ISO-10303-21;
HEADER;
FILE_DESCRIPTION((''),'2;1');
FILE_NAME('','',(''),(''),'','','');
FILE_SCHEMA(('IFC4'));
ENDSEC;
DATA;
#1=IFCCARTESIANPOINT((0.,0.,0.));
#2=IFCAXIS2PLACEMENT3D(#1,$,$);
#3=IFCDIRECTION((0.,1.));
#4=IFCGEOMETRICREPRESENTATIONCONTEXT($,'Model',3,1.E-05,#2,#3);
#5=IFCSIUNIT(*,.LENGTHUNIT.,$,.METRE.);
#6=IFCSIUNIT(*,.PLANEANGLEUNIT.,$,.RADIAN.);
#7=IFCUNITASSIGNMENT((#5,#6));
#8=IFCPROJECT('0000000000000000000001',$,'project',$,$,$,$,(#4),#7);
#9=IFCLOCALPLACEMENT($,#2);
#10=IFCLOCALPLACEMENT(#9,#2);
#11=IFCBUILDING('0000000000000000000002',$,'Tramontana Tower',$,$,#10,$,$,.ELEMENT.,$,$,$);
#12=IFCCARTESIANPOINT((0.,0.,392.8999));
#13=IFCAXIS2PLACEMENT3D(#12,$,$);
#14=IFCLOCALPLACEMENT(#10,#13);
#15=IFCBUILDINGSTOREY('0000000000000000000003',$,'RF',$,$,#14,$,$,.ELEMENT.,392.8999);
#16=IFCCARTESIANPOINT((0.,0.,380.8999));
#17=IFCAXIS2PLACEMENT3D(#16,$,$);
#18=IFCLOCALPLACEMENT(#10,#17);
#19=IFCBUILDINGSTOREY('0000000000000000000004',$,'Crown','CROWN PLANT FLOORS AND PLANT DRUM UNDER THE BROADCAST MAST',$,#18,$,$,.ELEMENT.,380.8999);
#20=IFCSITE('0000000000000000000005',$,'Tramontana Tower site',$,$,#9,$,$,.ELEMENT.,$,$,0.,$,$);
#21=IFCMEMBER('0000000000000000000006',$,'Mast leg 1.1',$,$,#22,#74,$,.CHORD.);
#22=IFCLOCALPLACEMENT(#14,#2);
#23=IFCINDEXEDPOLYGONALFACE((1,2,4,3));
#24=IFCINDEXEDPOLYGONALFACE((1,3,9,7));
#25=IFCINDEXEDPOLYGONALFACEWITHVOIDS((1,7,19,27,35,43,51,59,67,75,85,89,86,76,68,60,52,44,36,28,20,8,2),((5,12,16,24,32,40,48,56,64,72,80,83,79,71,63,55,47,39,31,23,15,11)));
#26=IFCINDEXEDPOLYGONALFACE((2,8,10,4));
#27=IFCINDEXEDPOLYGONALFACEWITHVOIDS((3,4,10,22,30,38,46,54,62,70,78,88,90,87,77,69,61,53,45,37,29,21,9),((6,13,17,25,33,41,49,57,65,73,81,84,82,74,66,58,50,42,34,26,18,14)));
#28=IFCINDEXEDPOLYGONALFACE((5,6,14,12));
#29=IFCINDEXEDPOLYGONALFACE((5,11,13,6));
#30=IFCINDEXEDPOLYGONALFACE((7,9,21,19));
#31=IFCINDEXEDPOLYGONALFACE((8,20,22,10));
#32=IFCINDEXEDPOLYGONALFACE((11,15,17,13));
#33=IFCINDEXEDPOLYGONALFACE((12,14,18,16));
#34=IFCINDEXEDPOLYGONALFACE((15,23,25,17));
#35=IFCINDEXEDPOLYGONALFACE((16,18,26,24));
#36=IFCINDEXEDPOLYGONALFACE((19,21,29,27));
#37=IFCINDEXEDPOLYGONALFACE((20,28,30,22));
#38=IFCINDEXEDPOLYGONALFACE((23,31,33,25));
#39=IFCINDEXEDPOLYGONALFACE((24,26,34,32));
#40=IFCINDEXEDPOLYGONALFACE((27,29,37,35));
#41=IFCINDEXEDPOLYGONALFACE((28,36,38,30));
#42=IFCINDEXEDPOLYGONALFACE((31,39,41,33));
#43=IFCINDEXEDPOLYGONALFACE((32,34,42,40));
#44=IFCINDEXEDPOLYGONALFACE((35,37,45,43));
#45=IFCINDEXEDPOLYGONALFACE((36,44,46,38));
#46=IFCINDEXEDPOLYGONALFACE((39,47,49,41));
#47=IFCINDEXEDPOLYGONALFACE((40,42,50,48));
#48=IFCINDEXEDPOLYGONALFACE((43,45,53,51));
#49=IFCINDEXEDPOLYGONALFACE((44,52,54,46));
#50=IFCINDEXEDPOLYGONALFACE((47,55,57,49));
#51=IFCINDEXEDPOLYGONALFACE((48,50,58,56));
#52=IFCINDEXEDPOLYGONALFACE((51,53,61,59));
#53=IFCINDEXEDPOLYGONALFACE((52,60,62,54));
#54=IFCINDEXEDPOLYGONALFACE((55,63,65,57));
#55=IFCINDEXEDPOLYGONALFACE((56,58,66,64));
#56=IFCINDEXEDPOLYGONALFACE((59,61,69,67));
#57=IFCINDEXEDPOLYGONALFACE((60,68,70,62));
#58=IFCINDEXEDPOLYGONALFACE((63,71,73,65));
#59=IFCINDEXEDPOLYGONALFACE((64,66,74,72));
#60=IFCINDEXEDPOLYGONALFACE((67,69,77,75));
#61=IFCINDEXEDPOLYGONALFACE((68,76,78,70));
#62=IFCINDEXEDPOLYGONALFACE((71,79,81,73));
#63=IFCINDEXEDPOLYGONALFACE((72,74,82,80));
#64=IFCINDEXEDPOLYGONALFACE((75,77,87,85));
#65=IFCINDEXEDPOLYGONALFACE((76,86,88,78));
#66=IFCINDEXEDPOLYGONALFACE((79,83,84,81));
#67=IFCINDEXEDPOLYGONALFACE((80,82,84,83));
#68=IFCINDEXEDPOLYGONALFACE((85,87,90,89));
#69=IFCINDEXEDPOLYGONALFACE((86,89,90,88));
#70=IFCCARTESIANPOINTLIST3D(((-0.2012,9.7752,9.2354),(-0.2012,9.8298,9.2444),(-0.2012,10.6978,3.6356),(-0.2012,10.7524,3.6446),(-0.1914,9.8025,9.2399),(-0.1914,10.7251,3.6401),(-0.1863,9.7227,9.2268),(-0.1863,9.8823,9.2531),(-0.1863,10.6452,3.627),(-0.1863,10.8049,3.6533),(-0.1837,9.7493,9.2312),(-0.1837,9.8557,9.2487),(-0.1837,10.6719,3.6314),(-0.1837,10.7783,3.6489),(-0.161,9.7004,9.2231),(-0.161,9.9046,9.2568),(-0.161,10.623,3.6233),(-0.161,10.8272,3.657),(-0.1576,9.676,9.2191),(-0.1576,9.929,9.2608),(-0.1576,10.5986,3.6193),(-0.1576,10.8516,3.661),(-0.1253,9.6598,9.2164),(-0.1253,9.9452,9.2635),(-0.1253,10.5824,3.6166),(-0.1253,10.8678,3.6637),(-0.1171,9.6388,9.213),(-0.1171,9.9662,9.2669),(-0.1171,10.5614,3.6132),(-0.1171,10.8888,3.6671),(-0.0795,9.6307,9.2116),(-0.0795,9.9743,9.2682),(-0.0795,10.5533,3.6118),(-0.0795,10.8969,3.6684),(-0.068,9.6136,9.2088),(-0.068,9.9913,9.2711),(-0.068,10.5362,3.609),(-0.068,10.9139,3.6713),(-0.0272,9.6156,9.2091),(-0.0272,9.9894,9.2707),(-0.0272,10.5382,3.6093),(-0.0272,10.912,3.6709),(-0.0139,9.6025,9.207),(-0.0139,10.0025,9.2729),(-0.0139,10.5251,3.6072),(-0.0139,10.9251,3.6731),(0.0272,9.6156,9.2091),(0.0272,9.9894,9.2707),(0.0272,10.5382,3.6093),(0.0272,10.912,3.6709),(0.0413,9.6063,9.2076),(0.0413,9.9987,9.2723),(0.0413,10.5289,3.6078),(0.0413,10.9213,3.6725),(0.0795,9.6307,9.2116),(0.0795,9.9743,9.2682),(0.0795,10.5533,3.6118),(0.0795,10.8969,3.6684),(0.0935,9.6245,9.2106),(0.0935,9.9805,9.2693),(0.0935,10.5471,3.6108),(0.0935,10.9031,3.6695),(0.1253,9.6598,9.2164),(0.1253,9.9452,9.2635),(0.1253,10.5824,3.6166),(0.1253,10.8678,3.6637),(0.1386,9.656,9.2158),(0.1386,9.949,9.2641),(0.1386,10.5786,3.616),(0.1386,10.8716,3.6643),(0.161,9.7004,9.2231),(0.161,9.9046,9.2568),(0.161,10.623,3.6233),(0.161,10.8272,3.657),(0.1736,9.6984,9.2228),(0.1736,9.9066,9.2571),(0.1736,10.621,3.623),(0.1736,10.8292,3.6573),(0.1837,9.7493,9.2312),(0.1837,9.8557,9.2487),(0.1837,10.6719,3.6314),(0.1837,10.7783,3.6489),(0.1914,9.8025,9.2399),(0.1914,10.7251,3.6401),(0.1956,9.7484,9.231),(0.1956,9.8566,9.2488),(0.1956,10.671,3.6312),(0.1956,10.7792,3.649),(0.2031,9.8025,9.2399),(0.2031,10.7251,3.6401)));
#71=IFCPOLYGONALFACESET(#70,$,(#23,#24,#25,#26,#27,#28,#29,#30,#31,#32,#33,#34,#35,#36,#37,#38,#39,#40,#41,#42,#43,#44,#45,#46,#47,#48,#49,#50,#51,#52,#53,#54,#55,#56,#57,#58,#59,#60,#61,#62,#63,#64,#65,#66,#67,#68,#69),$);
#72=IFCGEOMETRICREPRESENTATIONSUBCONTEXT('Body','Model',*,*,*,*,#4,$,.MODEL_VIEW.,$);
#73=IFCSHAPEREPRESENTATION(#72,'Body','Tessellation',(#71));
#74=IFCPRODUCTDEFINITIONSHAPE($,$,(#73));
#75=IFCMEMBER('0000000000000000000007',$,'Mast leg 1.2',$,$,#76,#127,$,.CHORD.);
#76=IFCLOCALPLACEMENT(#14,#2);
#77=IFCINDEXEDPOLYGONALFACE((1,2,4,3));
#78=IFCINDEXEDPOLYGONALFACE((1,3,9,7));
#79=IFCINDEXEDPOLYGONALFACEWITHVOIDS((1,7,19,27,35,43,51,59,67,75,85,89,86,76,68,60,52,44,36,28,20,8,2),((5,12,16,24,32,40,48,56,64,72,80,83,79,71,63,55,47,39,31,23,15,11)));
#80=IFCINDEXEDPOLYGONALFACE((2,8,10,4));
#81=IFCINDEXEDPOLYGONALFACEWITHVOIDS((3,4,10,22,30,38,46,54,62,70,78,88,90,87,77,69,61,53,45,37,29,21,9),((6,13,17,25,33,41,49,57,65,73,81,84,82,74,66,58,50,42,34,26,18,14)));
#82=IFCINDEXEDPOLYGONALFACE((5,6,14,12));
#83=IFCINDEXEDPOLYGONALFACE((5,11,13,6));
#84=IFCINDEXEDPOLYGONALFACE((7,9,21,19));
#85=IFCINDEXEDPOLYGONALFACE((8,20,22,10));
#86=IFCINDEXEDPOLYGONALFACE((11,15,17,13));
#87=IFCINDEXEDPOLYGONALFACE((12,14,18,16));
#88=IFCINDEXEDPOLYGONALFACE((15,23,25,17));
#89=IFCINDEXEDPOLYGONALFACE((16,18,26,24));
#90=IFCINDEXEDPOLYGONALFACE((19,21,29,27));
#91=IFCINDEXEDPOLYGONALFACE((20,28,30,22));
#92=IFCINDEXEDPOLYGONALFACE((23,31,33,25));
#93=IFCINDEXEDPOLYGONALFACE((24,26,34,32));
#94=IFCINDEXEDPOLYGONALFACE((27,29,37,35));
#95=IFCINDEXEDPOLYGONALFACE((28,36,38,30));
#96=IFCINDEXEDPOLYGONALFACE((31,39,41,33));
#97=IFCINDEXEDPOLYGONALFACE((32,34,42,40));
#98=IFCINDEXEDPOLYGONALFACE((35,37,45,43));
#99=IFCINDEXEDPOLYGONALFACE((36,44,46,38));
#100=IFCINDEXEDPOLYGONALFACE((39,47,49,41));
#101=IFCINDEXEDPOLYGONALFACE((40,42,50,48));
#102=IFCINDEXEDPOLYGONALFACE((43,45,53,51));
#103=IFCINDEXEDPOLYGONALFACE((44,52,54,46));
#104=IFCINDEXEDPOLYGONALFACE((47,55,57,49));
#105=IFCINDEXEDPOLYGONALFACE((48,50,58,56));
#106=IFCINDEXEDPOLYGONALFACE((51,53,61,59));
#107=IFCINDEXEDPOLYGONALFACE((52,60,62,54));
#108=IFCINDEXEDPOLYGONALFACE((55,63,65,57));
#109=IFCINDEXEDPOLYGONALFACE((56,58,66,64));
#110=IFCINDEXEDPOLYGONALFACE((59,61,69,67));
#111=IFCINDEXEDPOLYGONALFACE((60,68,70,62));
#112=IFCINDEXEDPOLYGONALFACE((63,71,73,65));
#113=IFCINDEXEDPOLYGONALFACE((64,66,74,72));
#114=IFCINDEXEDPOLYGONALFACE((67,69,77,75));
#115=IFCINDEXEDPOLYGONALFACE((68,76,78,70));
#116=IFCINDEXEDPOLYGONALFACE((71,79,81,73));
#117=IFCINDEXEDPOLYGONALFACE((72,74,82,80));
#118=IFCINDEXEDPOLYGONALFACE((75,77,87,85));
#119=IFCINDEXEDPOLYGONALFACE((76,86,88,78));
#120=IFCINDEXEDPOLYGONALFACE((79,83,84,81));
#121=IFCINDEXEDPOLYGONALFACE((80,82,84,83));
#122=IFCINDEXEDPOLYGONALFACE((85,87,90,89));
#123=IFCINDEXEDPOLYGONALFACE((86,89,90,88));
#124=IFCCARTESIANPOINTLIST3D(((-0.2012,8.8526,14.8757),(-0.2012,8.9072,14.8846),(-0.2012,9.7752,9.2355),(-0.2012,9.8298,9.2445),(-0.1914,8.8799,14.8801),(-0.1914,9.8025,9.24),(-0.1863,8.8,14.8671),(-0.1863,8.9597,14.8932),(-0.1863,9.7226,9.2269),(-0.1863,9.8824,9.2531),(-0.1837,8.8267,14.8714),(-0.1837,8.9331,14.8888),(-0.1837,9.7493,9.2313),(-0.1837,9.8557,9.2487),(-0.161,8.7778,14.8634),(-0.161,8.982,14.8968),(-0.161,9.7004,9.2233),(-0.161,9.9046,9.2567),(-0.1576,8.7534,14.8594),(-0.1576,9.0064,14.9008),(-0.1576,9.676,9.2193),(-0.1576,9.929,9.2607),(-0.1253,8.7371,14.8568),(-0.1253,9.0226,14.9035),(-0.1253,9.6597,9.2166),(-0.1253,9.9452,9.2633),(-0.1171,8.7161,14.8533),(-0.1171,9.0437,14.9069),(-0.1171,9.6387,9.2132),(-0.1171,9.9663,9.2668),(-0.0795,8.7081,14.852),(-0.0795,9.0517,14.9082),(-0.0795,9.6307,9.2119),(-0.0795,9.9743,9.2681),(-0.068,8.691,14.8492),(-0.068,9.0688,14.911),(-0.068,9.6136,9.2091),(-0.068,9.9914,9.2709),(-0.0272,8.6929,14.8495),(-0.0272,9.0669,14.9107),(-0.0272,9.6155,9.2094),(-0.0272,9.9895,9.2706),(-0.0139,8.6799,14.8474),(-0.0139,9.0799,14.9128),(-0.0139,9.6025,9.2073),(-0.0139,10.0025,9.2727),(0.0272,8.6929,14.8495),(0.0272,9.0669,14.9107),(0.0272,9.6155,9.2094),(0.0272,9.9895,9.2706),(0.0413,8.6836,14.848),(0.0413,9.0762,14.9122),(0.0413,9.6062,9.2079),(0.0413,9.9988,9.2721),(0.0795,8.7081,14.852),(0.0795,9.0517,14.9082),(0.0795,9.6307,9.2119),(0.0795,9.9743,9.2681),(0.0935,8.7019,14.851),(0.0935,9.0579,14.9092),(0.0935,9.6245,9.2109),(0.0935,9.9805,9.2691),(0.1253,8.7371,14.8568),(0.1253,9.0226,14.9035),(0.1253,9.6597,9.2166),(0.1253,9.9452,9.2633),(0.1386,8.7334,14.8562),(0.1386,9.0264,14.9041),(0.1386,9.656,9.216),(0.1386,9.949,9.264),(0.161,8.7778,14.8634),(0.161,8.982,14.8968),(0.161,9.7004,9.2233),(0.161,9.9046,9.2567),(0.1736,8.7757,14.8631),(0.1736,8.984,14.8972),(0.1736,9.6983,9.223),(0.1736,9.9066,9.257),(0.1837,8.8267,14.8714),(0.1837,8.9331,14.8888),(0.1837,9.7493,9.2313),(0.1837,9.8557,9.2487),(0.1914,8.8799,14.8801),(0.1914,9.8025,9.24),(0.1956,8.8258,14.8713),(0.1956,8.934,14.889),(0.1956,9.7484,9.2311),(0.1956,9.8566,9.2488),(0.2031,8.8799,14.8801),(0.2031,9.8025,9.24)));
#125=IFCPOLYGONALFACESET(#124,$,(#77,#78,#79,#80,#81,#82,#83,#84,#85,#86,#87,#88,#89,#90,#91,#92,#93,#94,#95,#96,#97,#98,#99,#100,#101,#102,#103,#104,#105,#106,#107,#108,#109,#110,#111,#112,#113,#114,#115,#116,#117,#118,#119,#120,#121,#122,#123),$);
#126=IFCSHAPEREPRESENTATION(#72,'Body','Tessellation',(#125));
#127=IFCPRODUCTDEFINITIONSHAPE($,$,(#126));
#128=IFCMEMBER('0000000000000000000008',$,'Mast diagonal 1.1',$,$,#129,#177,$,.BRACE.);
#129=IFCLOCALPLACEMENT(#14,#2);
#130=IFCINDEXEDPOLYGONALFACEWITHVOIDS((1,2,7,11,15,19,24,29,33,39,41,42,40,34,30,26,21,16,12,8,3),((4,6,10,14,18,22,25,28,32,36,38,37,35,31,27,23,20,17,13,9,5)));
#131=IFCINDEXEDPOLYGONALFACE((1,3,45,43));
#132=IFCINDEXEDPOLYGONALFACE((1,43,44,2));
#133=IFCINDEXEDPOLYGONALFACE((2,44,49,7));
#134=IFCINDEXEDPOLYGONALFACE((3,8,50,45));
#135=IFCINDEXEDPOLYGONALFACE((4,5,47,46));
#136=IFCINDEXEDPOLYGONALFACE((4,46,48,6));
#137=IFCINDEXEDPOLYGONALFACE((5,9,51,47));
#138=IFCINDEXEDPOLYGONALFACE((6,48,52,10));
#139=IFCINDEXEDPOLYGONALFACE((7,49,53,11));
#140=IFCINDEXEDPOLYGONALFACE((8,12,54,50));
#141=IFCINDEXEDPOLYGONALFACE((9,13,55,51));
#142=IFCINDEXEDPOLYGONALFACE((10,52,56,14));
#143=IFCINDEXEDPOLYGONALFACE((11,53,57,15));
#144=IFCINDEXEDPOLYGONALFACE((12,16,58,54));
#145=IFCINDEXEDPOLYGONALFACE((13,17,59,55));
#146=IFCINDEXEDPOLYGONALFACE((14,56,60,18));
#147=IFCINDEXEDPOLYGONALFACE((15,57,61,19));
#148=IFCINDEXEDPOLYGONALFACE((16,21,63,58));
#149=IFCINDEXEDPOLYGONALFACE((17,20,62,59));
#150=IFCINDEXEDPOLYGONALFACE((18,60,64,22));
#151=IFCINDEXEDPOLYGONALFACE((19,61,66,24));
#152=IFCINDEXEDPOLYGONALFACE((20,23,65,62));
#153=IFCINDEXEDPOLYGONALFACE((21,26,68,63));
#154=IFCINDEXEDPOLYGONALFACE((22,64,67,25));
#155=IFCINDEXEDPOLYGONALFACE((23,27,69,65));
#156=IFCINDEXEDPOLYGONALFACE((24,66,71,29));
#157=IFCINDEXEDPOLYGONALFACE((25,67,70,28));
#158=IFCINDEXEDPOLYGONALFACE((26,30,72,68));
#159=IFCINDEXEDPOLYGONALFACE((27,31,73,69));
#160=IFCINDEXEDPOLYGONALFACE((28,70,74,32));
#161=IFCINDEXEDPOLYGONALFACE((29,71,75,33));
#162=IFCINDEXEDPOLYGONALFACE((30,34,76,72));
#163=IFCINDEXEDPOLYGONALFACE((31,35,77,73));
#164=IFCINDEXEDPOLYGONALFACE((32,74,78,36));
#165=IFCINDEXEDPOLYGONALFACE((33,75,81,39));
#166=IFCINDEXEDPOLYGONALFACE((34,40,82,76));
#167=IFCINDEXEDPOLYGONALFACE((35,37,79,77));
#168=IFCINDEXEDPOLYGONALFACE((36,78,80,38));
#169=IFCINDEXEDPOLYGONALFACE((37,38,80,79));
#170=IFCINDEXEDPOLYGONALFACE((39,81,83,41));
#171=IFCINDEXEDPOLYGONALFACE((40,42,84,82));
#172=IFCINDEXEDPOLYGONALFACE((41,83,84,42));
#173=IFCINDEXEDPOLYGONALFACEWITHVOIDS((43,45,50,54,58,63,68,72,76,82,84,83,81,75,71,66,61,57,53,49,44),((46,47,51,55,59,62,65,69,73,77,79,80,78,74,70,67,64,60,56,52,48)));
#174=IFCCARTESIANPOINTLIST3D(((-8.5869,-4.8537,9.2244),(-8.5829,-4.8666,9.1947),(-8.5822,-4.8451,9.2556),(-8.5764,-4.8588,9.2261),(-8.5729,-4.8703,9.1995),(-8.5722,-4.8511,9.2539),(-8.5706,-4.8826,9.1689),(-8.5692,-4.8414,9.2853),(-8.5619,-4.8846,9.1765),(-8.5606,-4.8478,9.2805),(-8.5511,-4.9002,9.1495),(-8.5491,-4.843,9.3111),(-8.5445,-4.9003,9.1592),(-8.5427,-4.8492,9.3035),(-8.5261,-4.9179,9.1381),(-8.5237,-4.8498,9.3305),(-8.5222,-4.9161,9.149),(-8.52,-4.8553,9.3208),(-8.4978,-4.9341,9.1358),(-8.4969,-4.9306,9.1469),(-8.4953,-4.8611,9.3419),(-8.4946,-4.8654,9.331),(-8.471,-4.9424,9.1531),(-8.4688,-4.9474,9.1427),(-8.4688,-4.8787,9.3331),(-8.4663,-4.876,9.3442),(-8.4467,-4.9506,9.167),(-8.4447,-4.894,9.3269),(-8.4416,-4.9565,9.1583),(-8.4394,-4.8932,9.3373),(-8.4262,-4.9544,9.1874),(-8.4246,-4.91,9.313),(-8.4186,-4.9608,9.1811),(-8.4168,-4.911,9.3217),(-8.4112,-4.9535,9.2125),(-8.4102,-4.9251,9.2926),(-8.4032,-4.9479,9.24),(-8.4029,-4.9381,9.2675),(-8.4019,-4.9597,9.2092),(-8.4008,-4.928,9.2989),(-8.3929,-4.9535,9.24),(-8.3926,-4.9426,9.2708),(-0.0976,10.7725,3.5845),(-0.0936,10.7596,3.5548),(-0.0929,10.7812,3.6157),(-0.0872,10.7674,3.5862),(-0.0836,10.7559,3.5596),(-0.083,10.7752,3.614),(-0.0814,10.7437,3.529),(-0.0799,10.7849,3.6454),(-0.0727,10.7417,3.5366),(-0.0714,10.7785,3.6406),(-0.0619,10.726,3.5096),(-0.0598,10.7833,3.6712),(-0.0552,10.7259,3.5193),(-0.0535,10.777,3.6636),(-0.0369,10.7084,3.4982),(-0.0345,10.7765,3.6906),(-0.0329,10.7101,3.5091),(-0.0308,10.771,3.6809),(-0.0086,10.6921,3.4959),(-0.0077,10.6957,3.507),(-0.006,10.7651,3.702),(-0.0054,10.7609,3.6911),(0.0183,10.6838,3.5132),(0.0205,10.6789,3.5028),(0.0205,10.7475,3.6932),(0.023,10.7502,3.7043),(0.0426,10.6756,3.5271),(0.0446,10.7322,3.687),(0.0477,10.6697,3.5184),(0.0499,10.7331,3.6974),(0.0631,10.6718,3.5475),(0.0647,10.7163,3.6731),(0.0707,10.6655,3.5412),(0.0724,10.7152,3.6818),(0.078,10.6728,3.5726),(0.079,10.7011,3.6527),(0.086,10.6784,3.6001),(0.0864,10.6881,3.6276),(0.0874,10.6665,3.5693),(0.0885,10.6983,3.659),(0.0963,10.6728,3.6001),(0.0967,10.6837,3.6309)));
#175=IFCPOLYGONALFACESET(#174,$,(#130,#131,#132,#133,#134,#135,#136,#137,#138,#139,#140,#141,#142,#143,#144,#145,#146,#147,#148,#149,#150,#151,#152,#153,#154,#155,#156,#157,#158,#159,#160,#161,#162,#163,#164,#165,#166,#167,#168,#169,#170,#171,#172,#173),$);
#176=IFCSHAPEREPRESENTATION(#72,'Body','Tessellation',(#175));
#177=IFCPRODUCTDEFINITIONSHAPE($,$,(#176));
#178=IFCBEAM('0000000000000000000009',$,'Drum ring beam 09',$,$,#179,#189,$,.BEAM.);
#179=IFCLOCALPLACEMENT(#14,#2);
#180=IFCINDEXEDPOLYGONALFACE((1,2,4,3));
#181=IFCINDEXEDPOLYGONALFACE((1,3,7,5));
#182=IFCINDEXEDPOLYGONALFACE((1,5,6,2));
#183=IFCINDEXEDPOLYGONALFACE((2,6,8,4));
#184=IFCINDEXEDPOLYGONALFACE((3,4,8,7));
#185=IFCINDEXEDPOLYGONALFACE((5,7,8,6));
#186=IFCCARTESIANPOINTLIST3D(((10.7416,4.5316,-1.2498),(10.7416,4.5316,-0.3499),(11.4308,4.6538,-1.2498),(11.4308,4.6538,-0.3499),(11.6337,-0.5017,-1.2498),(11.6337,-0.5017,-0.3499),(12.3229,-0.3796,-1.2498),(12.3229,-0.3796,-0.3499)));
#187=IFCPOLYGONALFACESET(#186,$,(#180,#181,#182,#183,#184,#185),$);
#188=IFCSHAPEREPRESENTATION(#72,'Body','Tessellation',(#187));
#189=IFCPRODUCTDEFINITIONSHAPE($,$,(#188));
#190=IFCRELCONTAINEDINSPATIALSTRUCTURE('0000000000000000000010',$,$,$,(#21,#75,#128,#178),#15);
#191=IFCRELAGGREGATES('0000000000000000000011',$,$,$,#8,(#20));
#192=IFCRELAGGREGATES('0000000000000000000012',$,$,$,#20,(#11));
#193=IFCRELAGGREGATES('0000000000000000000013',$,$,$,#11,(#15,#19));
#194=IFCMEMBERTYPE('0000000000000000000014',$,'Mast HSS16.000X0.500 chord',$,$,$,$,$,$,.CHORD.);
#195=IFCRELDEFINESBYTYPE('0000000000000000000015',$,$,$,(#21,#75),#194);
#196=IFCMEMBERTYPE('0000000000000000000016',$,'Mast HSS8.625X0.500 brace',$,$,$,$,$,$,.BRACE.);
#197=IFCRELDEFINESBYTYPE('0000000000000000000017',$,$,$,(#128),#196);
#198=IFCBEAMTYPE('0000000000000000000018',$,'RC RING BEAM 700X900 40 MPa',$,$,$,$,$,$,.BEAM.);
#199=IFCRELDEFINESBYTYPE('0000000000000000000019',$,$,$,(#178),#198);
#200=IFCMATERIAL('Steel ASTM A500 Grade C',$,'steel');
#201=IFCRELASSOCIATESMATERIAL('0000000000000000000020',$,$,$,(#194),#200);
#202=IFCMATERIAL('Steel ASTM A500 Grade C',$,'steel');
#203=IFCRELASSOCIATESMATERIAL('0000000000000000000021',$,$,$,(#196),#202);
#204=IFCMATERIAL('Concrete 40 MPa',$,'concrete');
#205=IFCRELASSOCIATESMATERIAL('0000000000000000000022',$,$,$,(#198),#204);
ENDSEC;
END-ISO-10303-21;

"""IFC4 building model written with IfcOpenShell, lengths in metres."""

from ifc_helpers import new_model, si_unit, direction, frame, origin, origin_2d, place, context, subcontext, project, spatial, rectangle, hollow_circle, extrude, material, material_profile, profile_set, type_object, element, save


model = new_model("IFC4")

# Units and contexts
model_context = context("Model", 3, precision=1e-05, world=origin(), true_north=direction((0.0, 1.0)))
body_context = subcontext(model_context, "Body", "Model", "MODEL_VIEW")
ifc_project = project(units=[si_unit("LENGTHUNIT", "METRE"), si_unit("PLANEANGLEUNIT", "RADIAN")], contexts=[model_context])

# Site, building, storey
site_placement = place(None, origin())
site = spatial("IfcSite", under=ifc_project, at=site_placement, Name="Tramontana Tower site", CompositionType="ELEMENT", RefElevation=0.0)
building_placement = place(site_placement, origin())
building = spatial("IfcBuilding", under=site, at=building_placement, Name="Tramontana Tower", CompositionType="ELEMENT")
storey_1_placement = place(building_placement, frame((0.0, 0.0, 392.8999)))
storey_1 = spatial("IfcBuildingStorey", under=building, at=storey_1_placement, Name="RF", CompositionType="ELEMENT", Elevation=392.8999)

# Members
ifc_material_1 = material(Name="Steel ASTM A500 Grade C", Category="steel")
ifc_material_profile_1 = material_profile(ifc_material_1, hollow_circle(Radius=0.2031, WallThickness=0.0117, at=origin_2d()), Name="HSS16.000X0.500")
ifc_profile_set_1 = profile_set([ifc_material_profile_1], Name="Steel ASTM A500 Grade C")
member_type_1 = type_object("IfcMemberType", Name="Mast HSS16.000X0.500 chord", PredefinedType="CHORD", material=ifc_profile_set_1)
member_1_placement = place(storey_1_placement, frame((0.0, 10.7251, 3.6401), z_axis=(0.0, -0.162564, 0.986698), x_axis=(1.0, 0.0, 0.0)))
element("IfcMember", 1, at=member_1_placement, inside=storey_1, type_object=member_type_1, Name="Mast leg 1.1", PredefinedType="CHORD", context=body_context, shape_type="SweptSolid", body=[
    extrude(hollow_circle(Radius=0.2031, WallThickness=0.0117, at=origin_2d()), origin(), (0.0, 0.0, 1.0), 5.6753),
])
member_2_placement = place(storey_1_placement, frame((0.0, 9.8025, 9.24), z_axis=(0.0, -0.161433, 0.986884), x_axis=(1.0, 0.0, 0.0)))
element("IfcMember", 2, at=member_2_placement, inside=storey_1, type_object=member_type_1, Name="Mast leg 1.2", PredefinedType="CHORD", context=body_context, shape_type="SweptSolid", body=[
    extrude(hollow_circle(Radius=0.2031, WallThickness=0.0117, at=origin_2d()), origin(), (0.0, 0.0, 1.0), 5.7151),
])
ifc_material_2 = material(Name="Steel ASTM A500 Grade C", Category="steel")
ifc_material_profile_2 = material_profile(ifc_material_2, hollow_circle(Radius=0.1096, WallThickness=0.0117, at=origin_2d()), Name="HSS8.625X0.500")
ifc_profile_set_2 = profile_set([ifc_material_profile_2], Name="Steel ASTM A500 Grade C")
member_type_2 = type_object("IfcMemberType", Name="Mast HSS8.625X0.500 brace", PredefinedType="BRACE", material=ifc_profile_set_2)
member_3_placement = place(storey_1_placement, frame((0.0, 10.7251, 3.6001), z_axis=(-0.455036, -0.837588, 0.302306), x_axis=(0.878701, -0.477372, 0.0)))
element("IfcMember", 3, at=member_3_placement, inside=storey_1, type_object=member_type_2, Name="Mast diagonal 1.1", PredefinedType="BRACE", context=body_context, shape_type="SweptSolid", body=[
    extrude(hollow_circle(Radius=0.1096, WallThickness=0.0117, at=origin_2d()), origin(), (0.0, 0.0, 1.0), 18.6562),
])

# Beam
ifc_material_3 = material(Name="Concrete 40 MPa", Category="concrete")
ifc_material_profile_3 = material_profile(ifc_material_3, rectangle(XDim=0.7, YDim=0.8999, at=origin_2d()), Name="RC RING BEAM 700X900 40 MPa")
ifc_profile_set_3 = profile_set([ifc_material_profile_3], Name="Concrete 40 MPa")
beam_type = type_object("IfcBeamType", Name="RC RING BEAM 700X900 40 MPa", PredefinedType="BEAM", material=ifc_profile_set_3)
beam_1_placement = place(storey_1_placement, frame((11.9783, -0.4407, -0.7998), z_axis=(-0.174513, 0.984655, 0.0), x_axis=(-0.984655, -0.174513, 0.0)))
element("IfcBeam", 4, at=beam_1_placement, inside=storey_1, type_object=beam_type, Name="Drum ring beam 09", PredefinedType="BEAM", context=body_context, shape_type="SweptSolid", body=[
    extrude(rectangle(XDim=0.7, YDim=0.8999, at=origin_2d()), origin(), (0.0, 0.0, 1.0), 5.1118),
])

# Shared definitions
storey_2_placement = place(building_placement, frame((0.0, 0.0, 380.8999)))
storey_2 = spatial("IfcBuildingStorey", under=building, at=storey_2_placement, Name="Crown", Description="CROWN PLANT FLOORS AND PLANT DRUM UNDER THE BROADCAST MAST", CompositionType="ELEMENT", Elevation=380.8999)

save(model, "model.ifc")
